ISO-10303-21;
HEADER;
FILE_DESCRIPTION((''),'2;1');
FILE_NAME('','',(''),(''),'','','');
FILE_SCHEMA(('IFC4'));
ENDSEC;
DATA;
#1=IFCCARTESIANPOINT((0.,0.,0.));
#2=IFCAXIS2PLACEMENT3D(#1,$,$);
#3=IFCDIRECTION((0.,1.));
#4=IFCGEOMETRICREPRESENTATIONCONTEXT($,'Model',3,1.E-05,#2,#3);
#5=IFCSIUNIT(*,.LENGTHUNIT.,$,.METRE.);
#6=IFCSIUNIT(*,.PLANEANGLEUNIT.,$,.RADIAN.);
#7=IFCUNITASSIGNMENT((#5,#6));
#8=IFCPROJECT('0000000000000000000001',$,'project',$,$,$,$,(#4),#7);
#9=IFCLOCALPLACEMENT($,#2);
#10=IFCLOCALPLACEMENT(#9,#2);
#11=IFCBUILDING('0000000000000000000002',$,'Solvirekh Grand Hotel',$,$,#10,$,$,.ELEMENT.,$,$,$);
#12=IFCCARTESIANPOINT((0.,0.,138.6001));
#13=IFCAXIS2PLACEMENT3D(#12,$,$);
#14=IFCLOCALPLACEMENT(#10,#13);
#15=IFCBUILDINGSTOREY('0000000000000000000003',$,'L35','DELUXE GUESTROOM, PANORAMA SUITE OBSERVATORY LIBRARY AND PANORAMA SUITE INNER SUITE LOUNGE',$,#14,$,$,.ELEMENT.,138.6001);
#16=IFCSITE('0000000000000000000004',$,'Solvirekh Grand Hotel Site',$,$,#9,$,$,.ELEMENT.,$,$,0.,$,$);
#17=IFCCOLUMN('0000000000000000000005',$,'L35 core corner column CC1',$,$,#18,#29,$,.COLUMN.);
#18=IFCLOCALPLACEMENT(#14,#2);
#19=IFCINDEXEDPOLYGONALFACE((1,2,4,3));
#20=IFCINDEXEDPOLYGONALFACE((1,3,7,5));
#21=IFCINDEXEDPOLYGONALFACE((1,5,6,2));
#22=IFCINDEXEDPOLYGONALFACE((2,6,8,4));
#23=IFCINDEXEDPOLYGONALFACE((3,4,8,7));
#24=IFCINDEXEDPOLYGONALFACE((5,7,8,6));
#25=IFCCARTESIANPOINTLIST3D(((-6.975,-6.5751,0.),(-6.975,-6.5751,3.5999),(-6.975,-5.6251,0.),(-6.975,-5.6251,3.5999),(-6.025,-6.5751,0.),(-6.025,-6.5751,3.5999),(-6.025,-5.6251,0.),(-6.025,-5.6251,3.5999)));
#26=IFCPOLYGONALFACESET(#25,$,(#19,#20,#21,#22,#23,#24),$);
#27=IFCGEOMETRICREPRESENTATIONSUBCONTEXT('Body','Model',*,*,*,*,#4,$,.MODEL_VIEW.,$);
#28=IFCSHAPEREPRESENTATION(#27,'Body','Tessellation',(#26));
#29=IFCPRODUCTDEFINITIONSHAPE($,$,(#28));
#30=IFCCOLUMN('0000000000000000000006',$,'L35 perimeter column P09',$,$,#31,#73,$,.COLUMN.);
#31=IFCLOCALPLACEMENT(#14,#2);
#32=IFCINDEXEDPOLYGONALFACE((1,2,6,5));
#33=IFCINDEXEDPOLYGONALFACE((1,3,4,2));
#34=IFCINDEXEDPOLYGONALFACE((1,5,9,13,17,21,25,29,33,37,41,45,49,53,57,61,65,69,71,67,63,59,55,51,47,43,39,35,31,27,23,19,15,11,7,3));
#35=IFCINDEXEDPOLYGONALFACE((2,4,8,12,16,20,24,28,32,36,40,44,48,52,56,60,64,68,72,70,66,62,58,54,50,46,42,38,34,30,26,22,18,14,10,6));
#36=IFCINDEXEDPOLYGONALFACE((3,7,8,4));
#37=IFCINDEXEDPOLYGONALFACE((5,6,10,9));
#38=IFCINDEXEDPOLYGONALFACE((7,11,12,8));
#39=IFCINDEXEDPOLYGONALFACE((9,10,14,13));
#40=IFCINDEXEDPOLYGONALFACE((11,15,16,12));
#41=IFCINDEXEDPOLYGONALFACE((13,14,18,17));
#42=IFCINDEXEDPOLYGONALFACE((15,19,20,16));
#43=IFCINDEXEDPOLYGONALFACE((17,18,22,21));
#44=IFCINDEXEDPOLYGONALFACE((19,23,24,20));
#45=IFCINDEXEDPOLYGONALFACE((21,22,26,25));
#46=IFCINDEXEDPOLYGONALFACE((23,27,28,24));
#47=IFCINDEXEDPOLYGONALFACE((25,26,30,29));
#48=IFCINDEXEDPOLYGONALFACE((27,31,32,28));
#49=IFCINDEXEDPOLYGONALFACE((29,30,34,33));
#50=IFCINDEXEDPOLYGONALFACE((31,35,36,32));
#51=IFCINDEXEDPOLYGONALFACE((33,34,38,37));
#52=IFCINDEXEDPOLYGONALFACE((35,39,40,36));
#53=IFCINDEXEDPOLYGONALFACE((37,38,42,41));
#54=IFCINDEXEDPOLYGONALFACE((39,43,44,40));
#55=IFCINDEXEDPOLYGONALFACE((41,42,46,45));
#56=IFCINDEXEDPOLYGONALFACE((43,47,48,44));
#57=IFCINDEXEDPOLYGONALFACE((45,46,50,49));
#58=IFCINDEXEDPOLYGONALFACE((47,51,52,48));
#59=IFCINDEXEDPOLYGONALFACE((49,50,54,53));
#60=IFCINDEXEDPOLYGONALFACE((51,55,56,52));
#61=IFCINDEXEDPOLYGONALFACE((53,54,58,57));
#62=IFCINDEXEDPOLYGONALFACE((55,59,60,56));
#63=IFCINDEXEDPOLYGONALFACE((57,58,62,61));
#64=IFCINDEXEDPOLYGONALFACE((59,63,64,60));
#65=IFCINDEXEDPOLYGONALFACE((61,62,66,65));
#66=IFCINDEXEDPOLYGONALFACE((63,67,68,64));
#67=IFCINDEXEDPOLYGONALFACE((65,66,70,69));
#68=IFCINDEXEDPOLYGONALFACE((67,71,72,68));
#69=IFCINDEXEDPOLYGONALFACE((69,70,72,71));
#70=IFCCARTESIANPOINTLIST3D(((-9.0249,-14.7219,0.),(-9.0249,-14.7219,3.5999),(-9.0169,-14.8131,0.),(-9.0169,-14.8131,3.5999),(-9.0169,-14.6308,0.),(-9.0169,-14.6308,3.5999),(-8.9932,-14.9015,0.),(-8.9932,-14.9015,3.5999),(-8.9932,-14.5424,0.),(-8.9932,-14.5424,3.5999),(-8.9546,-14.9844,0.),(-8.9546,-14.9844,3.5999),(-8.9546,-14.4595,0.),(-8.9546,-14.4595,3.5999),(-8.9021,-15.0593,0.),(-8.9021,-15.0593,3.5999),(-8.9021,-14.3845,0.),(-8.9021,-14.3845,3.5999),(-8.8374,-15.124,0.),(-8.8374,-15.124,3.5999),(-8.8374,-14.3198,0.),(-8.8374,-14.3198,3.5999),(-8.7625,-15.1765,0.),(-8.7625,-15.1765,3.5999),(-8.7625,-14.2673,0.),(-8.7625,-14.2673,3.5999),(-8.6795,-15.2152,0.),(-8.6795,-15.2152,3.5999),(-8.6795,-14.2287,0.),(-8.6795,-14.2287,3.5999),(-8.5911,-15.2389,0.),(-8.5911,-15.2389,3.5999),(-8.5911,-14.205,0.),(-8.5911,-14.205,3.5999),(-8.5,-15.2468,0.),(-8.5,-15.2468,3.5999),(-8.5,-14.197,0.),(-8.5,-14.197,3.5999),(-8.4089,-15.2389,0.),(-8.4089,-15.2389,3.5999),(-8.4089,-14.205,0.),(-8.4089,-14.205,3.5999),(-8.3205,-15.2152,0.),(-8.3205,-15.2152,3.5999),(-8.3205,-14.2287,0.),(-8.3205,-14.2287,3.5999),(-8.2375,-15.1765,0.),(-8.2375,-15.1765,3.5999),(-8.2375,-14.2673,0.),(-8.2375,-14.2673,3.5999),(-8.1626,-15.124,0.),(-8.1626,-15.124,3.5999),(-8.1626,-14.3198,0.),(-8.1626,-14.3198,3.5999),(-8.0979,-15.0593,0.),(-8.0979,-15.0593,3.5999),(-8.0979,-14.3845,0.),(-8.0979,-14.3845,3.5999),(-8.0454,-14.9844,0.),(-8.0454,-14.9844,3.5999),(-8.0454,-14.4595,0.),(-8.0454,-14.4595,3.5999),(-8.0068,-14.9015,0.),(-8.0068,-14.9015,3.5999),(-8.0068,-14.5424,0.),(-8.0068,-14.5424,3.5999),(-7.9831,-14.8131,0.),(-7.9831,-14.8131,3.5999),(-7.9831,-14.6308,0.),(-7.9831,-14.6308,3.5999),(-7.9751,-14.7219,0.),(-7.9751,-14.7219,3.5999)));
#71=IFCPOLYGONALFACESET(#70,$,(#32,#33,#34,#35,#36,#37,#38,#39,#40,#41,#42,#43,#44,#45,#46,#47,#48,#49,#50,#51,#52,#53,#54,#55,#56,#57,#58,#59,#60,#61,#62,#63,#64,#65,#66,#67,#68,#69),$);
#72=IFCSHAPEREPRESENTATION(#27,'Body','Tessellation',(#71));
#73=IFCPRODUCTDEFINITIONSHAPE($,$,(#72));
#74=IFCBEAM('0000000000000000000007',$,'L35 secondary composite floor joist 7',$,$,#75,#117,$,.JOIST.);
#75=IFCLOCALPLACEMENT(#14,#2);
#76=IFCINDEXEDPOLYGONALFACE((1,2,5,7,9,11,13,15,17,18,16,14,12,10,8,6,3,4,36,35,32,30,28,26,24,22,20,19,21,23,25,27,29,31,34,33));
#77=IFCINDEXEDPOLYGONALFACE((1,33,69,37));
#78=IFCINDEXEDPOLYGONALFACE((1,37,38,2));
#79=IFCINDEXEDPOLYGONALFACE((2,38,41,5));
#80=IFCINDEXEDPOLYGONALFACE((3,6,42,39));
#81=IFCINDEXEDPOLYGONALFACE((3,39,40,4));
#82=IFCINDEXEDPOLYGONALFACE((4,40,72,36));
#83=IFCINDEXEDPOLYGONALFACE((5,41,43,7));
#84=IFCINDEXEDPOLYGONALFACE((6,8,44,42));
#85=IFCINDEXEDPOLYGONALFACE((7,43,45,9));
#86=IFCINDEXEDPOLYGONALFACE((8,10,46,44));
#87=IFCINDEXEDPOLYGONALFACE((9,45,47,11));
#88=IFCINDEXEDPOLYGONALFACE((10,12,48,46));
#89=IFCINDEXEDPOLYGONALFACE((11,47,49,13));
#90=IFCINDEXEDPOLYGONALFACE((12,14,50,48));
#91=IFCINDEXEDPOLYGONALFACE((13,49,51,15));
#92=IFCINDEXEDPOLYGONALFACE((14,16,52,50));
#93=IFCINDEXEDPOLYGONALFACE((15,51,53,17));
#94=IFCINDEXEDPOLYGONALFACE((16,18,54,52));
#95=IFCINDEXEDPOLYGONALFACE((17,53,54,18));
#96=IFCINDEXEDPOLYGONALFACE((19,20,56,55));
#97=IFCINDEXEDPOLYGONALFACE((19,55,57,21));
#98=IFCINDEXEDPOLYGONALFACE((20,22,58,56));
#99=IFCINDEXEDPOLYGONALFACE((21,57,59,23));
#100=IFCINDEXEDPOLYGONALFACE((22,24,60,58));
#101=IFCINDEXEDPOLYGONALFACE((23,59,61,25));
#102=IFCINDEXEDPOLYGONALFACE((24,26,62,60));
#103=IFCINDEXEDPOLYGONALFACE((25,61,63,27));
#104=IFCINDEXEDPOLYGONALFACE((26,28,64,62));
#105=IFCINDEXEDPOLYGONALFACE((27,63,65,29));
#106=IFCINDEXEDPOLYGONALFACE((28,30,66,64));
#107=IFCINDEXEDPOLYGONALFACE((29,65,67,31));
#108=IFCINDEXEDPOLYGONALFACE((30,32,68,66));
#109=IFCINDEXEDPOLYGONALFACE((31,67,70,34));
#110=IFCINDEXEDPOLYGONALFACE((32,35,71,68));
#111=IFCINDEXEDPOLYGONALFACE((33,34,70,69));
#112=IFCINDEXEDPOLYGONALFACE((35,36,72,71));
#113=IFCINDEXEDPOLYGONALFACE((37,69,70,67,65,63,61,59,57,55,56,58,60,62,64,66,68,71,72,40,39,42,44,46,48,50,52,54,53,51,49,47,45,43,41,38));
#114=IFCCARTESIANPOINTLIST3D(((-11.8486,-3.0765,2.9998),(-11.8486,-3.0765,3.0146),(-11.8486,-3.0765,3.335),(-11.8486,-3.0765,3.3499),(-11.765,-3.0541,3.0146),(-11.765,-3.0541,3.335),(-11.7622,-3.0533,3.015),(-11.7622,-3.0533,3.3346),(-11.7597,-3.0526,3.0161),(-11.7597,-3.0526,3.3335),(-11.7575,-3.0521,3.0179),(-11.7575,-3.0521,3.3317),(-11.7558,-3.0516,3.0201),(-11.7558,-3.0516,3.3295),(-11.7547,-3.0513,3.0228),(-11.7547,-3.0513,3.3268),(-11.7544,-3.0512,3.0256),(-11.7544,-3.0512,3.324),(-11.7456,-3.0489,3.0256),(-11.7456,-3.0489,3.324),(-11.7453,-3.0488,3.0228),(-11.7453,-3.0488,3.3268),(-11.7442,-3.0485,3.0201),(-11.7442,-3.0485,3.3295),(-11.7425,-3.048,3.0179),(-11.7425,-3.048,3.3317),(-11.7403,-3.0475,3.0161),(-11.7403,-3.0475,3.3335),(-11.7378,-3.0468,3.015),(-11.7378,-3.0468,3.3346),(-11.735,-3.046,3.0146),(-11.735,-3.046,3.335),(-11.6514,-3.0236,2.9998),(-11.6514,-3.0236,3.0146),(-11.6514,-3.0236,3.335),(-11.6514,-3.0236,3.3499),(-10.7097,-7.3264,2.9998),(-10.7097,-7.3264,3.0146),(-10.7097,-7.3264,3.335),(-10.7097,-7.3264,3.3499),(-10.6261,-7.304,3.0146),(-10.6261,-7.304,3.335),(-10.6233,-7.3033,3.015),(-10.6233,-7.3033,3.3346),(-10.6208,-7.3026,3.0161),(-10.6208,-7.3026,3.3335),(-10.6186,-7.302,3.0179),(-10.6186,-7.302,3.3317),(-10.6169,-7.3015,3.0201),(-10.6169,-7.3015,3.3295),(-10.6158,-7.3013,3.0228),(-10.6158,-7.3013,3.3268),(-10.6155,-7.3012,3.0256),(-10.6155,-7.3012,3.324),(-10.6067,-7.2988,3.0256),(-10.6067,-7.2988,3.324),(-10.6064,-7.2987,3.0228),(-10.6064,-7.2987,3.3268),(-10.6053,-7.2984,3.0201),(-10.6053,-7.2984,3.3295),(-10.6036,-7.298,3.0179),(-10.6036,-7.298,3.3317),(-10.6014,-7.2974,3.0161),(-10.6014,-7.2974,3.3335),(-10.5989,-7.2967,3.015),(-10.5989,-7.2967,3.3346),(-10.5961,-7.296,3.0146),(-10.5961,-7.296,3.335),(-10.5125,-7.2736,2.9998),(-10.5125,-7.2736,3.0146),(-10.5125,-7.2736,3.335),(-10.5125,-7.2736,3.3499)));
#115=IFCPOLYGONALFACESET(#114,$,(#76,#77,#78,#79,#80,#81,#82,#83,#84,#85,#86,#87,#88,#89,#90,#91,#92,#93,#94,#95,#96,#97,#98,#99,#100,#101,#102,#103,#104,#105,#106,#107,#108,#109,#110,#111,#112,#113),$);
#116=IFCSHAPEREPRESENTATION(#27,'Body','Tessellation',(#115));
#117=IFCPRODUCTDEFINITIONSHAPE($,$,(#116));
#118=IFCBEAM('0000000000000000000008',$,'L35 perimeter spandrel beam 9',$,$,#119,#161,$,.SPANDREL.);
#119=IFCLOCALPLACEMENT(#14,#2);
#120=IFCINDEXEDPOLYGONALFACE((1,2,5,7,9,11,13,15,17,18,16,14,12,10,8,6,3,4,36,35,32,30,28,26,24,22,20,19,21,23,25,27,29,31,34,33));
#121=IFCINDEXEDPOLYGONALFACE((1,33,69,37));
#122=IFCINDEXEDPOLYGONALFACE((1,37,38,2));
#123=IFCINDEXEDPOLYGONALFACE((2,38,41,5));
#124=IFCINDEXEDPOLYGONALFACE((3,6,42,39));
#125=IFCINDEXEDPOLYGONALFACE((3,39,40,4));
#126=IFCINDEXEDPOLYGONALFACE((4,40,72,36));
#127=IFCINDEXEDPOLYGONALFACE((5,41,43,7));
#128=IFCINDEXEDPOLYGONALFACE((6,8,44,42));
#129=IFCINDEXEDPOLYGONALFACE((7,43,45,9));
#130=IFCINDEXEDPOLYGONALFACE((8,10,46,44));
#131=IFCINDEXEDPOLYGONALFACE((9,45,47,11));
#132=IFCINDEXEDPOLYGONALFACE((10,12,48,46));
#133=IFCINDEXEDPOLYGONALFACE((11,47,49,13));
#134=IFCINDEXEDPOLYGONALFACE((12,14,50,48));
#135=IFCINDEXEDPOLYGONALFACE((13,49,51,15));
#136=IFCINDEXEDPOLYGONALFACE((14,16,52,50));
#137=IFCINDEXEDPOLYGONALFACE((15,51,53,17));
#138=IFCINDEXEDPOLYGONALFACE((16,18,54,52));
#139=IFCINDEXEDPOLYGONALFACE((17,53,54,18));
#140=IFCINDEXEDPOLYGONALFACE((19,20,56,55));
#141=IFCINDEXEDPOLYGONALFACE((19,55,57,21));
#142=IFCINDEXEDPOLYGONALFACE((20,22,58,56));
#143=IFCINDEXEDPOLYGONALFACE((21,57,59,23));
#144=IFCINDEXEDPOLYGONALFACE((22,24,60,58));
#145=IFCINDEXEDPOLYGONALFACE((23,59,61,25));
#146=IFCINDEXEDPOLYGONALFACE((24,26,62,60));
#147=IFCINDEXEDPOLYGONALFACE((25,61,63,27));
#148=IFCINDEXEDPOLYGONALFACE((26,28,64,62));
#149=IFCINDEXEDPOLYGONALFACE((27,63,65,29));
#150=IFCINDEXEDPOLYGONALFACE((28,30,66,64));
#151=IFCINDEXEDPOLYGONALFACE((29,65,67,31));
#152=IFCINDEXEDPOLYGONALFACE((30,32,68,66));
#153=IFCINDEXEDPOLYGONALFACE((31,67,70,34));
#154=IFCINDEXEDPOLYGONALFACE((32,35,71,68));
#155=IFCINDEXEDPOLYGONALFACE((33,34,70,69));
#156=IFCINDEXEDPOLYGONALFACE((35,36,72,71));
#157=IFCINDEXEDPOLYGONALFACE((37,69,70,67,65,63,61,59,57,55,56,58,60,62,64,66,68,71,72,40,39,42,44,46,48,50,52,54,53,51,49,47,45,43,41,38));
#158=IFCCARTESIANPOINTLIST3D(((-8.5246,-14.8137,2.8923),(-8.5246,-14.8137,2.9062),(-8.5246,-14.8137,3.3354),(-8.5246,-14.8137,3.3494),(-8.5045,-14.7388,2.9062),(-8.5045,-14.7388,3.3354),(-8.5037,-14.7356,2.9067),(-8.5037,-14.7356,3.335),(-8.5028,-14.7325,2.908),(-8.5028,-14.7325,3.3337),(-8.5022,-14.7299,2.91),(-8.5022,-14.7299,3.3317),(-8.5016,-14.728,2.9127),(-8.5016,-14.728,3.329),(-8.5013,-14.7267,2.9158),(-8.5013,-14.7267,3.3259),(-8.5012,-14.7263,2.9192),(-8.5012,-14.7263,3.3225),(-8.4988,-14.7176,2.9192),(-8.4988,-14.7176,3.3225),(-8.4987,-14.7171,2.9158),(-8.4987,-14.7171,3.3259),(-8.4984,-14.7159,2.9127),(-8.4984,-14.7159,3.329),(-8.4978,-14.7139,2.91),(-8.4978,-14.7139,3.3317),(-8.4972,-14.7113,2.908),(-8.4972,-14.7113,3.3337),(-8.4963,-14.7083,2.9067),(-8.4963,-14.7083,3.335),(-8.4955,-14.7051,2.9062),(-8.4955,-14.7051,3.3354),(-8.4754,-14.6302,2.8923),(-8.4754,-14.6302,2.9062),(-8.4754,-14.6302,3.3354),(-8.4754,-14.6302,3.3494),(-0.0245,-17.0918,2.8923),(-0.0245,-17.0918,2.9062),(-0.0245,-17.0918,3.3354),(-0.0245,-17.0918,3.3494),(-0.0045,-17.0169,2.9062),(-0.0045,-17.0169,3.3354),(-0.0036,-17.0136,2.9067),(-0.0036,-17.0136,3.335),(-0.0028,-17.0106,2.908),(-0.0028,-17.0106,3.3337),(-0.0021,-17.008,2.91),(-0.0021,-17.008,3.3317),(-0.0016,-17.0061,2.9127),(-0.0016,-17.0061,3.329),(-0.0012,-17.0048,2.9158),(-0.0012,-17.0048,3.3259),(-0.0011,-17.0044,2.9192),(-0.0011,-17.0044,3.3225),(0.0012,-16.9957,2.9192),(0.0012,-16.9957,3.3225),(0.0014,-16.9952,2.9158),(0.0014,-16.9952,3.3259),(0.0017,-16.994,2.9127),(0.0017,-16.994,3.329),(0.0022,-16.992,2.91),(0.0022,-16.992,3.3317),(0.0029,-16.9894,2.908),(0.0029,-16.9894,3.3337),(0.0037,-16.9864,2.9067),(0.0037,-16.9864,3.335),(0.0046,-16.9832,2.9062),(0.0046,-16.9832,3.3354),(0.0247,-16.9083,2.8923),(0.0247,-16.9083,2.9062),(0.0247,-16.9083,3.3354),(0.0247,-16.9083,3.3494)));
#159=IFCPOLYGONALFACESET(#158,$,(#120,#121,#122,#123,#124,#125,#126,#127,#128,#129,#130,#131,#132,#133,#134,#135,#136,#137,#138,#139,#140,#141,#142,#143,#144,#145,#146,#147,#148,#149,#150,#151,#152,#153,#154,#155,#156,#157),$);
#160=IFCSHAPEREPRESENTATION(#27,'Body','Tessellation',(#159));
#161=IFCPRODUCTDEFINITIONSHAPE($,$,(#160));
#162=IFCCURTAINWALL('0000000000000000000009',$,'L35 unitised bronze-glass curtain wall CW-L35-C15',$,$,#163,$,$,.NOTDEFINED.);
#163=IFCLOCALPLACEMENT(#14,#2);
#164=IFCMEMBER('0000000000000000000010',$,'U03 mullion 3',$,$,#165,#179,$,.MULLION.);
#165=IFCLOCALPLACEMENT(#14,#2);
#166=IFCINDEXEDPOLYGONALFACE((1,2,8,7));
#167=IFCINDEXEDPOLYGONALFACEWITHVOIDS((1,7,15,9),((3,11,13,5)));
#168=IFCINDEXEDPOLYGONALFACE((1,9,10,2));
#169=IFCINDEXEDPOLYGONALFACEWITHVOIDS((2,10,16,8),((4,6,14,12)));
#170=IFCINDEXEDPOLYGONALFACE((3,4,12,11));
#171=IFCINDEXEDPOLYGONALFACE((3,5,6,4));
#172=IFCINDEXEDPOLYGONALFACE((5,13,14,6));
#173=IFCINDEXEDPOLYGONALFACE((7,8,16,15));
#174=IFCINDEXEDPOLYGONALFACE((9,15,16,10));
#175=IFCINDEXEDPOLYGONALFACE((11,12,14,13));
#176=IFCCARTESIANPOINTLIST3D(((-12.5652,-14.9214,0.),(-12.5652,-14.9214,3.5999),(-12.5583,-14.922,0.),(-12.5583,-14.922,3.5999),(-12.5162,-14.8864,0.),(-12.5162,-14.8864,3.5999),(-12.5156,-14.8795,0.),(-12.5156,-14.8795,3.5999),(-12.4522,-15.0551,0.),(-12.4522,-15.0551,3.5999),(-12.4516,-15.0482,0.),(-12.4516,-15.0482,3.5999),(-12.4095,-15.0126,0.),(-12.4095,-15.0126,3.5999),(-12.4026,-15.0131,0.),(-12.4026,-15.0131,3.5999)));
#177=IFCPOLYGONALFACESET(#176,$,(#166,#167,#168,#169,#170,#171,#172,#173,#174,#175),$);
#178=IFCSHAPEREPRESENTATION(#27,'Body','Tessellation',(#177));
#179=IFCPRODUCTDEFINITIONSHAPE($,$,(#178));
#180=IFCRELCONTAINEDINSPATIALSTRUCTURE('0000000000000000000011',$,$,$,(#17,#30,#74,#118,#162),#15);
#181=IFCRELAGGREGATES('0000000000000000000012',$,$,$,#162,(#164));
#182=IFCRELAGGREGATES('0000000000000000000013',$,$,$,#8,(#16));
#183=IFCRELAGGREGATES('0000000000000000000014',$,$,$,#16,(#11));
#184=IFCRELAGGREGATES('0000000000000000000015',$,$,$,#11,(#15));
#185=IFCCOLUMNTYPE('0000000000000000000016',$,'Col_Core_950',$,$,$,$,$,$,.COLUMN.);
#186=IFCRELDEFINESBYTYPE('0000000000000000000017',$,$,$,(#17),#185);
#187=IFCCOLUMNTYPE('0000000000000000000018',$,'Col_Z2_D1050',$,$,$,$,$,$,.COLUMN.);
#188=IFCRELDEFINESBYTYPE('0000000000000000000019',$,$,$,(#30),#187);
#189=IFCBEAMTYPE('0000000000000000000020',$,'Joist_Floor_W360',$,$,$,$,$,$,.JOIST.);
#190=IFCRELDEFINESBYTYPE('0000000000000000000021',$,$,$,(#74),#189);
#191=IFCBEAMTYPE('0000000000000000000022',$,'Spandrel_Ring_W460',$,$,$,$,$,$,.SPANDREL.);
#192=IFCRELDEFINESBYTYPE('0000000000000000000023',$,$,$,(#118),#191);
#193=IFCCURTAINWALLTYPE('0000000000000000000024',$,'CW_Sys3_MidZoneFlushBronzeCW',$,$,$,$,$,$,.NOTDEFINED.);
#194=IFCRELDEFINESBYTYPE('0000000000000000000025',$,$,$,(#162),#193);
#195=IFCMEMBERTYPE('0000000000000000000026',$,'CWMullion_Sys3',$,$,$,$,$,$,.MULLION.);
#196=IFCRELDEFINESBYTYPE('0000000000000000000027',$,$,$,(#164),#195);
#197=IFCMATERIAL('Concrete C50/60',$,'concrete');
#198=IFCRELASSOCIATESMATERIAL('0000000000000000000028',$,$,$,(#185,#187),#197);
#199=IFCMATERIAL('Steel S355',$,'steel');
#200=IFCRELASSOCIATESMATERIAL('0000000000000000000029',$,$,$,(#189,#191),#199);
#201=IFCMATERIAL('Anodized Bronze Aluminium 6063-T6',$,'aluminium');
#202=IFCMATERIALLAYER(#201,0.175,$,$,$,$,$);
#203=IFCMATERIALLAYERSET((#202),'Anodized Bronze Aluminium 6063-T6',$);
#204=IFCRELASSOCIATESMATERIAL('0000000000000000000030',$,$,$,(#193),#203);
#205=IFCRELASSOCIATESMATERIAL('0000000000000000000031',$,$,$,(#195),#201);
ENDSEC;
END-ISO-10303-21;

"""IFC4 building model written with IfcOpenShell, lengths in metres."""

from ifc_helpers import new_model, si_unit, direction, frame, origin, origin_2d, place, context, subcontext, project, spatial, rectangle, hollow_rectangle, circle, i_section, extrude, source, transform, mapped, material, layer, layer_set, material_profile, profile_set, type_object, element, aggregate, save


model = new_model("IFC4")

# Units and contexts
model_context = context("Model", 3, precision=1e-05, world=origin(), true_north=direction((0.0, 1.0)))
body_context = subcontext(model_context, "Body", "Model", "MODEL_VIEW")
ifc_project = project(units=[si_unit("LENGTHUNIT", "METRE"), si_unit("PLANEANGLEUNIT", "RADIAN")], contexts=[model_context])

# Site, building, storey
site_placement = place(None, origin())
site = spatial("IfcSite", under=ifc_project, at=site_placement, Name="Solvirekh Grand Hotel Site", CompositionType="ELEMENT", RefElevation=0.0)
building_placement = place(site_placement, origin())
building = spatial("IfcBuilding", under=site, at=building_placement, Name="Solvirekh Grand Hotel", CompositionType="ELEMENT")
storey_placement = place(building_placement, frame((0.0, 0.0, 138.6001)))
storey = spatial("IfcBuildingStorey", under=building, at=storey_placement, Name="L35", Description="DELUXE GUESTROOM, PANORAMA SUITE OBSERVATORY LIBRARY AND PANORAMA SUITE INNER SUITE LOUNGE", CompositionType="ELEMENT", Elevation=138.6001)

# Columns
ifc_material_1 = material(Name="Concrete C50/60", Category="concrete")
ifc_material_profile_1 = material_profile(ifc_material_1, rectangle(XDim=0.95, YDim=0.95, at=origin_2d()), Name="RC 950X950")
ifc_profile_set_1 = profile_set([ifc_material_profile_1], Name="Concrete C50/60")
column_type_1 = type_object("IfcColumnType", Name="Col_Core_950", PredefinedType="COLUMN", material=ifc_profile_set_1)
column_1_placement = place(storey_placement, frame((-6.5, -6.1001, 0.0), z_axis=(0.0, 0.0, 1.0), x_axis=(1.0, 0.0, 0.0)))
element("IfcColumn", 1, at=column_1_placement, inside=storey, type_object=column_type_1, Name="L35 core corner column CC1", PredefinedType="COLUMN", context=body_context, shape_type="SweptSolid", body=[
    extrude(rectangle(XDim=0.95, YDim=0.95, at=origin_2d()), origin(), (0.0, 0.0, 1.0), 3.5999),
])
ifc_material_profile_2 = material_profile(ifc_material_1, circle(Radius=0.5249, at=origin_2d()), Name="RC CIRC D1050")
ifc_profile_set_2 = profile_set([ifc_material_profile_2], Name="Concrete C50/60")
column_type_2 = type_object("IfcColumnType", Name="Col_Z2_D1050", PredefinedType="COLUMN", material=ifc_profile_set_2)
column_2_placement = place(storey_placement, frame((-8.5, -14.7219, 0.0), z_axis=(0.0, 0.0, 1.0), x_axis=(1.0, 0.0, 0.0)))
element("IfcColumn", 2, at=column_2_placement, inside=storey, type_object=column_type_2, Name="L35 perimeter column P09", PredefinedType="COLUMN", context=body_context, shape_type="SweptSolid", body=[
    extrude(circle(Radius=0.5249, at=origin_2d()), origin(), (0.0, 0.0, 1.0), 3.5999),
])

# Beams
ifc_material_2 = material(Name="Steel S355", Category="steel")
ifc_material_profile_3 = material_profile(ifc_material_2, i_section(OverallWidth=0.2041, OverallDepth=0.3501, WebThickness=0.009, FlangeThickness=0.0149, FilletRadius=0.011, at=origin_2d()), Name="W360X72")
ifc_profile_set_3 = profile_set([ifc_material_profile_3], Name="Steel S355")
beam_type_1 = type_object("IfcBeamType", Name="Joist_Floor_W360", PredefinedType="JOIST", material=ifc_profile_set_3)
beam_1_placement = place(storey_placement, frame((-11.75, -3.05, 3.1748), z_axis=(0.258847, -0.965918, 0.0), x_axis=(0.965918, 0.258847, 0.0)))
element("IfcBeam", 3, at=beam_1_placement, inside=storey, type_object=beam_type_1, Name="L35 secondary composite floor joist 7", PredefinedType="JOIST", context=body_context, shape_type="SweptSolid", body=[
    extrude(i_section(OverallWidth=0.2041, OverallDepth=0.3501, WebThickness=0.009, FlangeThickness=0.0149, FilletRadius=0.011, at=origin_2d()), origin(), (0.0, 0.0, 1.0), 4.3999),
])
ifc_material_profile_4 = material_profile(ifc_material_2, i_section(OverallWidth=0.1899, OverallDepth=0.457, WebThickness=0.009, FlangeThickness=0.0139, FilletRadius=0.0129, at=origin_2d()), Name="W460X74")
ifc_profile_set_4 = profile_set([ifc_material_profile_4], Name="Steel S355")
beam_type_2 = type_object("IfcBeamType", Name="Spandrel_Ring_W460", PredefinedType="SPANDREL", material=ifc_profile_set_4)
beam_2_placement = place(storey_placement, frame((-8.5, -14.7219, 3.1208), z_axis=(0.965911, -0.258873, 0.0), x_axis=(0.258873, 0.965911, 0.0)))
element("IfcBeam", 4, at=beam_2_placement, inside=storey, type_object=beam_type_2, Name="L35 perimeter spandrel beam 9", PredefinedType="SPANDREL", context=body_context, shape_type="SweptSolid", body=[
    extrude(i_section(OverallWidth=0.1899, OverallDepth=0.457, WebThickness=0.009, FlangeThickness=0.0139, FilletRadius=0.0129, at=origin_2d()), origin(), (0.0, 0.0, 1.0), 8.8),
])

# Curtain wall, member
ifc_material_3 = material(Name="Anodized Bronze Aluminium 6063-T6", Category="aluminium")
ifc_layer_1 = layer(ifc_material_3, 0.175)
ifc_layer_set_1 = layer_set([ifc_layer_1], Name="Anodized Bronze Aluminium 6063-T6")
curtain_wall_type = type_object("IfcCurtainWallType", Name="CW_Sys3_MidZoneFlushBronzeCW", PredefinedType="NOTDEFINED", material=ifc_layer_set_1)
curtain_wall_placement = place(storey_placement, origin())
curtain_wall = element("IfcCurtainWall", 5, at=curtain_wall_placement, inside=storey, type_object=curtain_wall_type, Name="L35 unitised bronze-glass curtain wall CW-L35-C15", PredefinedType="NOTDEFINED")
ifc_material_profile_5 = material_profile(ifc_material_3, hollow_rectangle(XDim=0.0649, YDim=0.175, WallThickness=0.0049, at=origin_2d()), Name="ALU RHS 175X65X5")
ifc_profile_set_5 = profile_set([ifc_material_profile_5], Name="Anodized Bronze Aluminium 6063-T6")
member_type = type_object("IfcMemberType", Name="CWMullion_Sys3", PredefinedType="MULLION", material=ifc_profile_set_5)
shared_shape = source(origin(), body_context, "Body", "SweptSolid", [
    extrude(hollow_rectangle(XDim=0.0649, YDim=0.175, WallThickness=0.0049, at=origin_2d()), origin(), (0.0, 0.0, 1.0), 3.5999),
])
member_placement = place(storey_placement, frame((-12.4839, -14.9673, 0.0), z_axis=(0.0, 0.0, 1.0), x_axis=(0.763527, 0.645776, 0.0)))
member = element("IfcMember", 6, at=member_placement, type_object=member_type, Name="U03 mullion 3", PredefinedType="MULLION", context=body_context, shape_type="MappedRepresentation", body=[
    mapped(shared_shape, transform((0.0, 0.0, 0.0), x_axis=(1.0, 0.0, 0.0), y_axis=(0.0, 1.0, 0.0), z_axis=(0.0, 0.0, 1.0), scale=1.0)),
])
aggregate(curtain_wall, [member])

save(model, "model.ifc")
